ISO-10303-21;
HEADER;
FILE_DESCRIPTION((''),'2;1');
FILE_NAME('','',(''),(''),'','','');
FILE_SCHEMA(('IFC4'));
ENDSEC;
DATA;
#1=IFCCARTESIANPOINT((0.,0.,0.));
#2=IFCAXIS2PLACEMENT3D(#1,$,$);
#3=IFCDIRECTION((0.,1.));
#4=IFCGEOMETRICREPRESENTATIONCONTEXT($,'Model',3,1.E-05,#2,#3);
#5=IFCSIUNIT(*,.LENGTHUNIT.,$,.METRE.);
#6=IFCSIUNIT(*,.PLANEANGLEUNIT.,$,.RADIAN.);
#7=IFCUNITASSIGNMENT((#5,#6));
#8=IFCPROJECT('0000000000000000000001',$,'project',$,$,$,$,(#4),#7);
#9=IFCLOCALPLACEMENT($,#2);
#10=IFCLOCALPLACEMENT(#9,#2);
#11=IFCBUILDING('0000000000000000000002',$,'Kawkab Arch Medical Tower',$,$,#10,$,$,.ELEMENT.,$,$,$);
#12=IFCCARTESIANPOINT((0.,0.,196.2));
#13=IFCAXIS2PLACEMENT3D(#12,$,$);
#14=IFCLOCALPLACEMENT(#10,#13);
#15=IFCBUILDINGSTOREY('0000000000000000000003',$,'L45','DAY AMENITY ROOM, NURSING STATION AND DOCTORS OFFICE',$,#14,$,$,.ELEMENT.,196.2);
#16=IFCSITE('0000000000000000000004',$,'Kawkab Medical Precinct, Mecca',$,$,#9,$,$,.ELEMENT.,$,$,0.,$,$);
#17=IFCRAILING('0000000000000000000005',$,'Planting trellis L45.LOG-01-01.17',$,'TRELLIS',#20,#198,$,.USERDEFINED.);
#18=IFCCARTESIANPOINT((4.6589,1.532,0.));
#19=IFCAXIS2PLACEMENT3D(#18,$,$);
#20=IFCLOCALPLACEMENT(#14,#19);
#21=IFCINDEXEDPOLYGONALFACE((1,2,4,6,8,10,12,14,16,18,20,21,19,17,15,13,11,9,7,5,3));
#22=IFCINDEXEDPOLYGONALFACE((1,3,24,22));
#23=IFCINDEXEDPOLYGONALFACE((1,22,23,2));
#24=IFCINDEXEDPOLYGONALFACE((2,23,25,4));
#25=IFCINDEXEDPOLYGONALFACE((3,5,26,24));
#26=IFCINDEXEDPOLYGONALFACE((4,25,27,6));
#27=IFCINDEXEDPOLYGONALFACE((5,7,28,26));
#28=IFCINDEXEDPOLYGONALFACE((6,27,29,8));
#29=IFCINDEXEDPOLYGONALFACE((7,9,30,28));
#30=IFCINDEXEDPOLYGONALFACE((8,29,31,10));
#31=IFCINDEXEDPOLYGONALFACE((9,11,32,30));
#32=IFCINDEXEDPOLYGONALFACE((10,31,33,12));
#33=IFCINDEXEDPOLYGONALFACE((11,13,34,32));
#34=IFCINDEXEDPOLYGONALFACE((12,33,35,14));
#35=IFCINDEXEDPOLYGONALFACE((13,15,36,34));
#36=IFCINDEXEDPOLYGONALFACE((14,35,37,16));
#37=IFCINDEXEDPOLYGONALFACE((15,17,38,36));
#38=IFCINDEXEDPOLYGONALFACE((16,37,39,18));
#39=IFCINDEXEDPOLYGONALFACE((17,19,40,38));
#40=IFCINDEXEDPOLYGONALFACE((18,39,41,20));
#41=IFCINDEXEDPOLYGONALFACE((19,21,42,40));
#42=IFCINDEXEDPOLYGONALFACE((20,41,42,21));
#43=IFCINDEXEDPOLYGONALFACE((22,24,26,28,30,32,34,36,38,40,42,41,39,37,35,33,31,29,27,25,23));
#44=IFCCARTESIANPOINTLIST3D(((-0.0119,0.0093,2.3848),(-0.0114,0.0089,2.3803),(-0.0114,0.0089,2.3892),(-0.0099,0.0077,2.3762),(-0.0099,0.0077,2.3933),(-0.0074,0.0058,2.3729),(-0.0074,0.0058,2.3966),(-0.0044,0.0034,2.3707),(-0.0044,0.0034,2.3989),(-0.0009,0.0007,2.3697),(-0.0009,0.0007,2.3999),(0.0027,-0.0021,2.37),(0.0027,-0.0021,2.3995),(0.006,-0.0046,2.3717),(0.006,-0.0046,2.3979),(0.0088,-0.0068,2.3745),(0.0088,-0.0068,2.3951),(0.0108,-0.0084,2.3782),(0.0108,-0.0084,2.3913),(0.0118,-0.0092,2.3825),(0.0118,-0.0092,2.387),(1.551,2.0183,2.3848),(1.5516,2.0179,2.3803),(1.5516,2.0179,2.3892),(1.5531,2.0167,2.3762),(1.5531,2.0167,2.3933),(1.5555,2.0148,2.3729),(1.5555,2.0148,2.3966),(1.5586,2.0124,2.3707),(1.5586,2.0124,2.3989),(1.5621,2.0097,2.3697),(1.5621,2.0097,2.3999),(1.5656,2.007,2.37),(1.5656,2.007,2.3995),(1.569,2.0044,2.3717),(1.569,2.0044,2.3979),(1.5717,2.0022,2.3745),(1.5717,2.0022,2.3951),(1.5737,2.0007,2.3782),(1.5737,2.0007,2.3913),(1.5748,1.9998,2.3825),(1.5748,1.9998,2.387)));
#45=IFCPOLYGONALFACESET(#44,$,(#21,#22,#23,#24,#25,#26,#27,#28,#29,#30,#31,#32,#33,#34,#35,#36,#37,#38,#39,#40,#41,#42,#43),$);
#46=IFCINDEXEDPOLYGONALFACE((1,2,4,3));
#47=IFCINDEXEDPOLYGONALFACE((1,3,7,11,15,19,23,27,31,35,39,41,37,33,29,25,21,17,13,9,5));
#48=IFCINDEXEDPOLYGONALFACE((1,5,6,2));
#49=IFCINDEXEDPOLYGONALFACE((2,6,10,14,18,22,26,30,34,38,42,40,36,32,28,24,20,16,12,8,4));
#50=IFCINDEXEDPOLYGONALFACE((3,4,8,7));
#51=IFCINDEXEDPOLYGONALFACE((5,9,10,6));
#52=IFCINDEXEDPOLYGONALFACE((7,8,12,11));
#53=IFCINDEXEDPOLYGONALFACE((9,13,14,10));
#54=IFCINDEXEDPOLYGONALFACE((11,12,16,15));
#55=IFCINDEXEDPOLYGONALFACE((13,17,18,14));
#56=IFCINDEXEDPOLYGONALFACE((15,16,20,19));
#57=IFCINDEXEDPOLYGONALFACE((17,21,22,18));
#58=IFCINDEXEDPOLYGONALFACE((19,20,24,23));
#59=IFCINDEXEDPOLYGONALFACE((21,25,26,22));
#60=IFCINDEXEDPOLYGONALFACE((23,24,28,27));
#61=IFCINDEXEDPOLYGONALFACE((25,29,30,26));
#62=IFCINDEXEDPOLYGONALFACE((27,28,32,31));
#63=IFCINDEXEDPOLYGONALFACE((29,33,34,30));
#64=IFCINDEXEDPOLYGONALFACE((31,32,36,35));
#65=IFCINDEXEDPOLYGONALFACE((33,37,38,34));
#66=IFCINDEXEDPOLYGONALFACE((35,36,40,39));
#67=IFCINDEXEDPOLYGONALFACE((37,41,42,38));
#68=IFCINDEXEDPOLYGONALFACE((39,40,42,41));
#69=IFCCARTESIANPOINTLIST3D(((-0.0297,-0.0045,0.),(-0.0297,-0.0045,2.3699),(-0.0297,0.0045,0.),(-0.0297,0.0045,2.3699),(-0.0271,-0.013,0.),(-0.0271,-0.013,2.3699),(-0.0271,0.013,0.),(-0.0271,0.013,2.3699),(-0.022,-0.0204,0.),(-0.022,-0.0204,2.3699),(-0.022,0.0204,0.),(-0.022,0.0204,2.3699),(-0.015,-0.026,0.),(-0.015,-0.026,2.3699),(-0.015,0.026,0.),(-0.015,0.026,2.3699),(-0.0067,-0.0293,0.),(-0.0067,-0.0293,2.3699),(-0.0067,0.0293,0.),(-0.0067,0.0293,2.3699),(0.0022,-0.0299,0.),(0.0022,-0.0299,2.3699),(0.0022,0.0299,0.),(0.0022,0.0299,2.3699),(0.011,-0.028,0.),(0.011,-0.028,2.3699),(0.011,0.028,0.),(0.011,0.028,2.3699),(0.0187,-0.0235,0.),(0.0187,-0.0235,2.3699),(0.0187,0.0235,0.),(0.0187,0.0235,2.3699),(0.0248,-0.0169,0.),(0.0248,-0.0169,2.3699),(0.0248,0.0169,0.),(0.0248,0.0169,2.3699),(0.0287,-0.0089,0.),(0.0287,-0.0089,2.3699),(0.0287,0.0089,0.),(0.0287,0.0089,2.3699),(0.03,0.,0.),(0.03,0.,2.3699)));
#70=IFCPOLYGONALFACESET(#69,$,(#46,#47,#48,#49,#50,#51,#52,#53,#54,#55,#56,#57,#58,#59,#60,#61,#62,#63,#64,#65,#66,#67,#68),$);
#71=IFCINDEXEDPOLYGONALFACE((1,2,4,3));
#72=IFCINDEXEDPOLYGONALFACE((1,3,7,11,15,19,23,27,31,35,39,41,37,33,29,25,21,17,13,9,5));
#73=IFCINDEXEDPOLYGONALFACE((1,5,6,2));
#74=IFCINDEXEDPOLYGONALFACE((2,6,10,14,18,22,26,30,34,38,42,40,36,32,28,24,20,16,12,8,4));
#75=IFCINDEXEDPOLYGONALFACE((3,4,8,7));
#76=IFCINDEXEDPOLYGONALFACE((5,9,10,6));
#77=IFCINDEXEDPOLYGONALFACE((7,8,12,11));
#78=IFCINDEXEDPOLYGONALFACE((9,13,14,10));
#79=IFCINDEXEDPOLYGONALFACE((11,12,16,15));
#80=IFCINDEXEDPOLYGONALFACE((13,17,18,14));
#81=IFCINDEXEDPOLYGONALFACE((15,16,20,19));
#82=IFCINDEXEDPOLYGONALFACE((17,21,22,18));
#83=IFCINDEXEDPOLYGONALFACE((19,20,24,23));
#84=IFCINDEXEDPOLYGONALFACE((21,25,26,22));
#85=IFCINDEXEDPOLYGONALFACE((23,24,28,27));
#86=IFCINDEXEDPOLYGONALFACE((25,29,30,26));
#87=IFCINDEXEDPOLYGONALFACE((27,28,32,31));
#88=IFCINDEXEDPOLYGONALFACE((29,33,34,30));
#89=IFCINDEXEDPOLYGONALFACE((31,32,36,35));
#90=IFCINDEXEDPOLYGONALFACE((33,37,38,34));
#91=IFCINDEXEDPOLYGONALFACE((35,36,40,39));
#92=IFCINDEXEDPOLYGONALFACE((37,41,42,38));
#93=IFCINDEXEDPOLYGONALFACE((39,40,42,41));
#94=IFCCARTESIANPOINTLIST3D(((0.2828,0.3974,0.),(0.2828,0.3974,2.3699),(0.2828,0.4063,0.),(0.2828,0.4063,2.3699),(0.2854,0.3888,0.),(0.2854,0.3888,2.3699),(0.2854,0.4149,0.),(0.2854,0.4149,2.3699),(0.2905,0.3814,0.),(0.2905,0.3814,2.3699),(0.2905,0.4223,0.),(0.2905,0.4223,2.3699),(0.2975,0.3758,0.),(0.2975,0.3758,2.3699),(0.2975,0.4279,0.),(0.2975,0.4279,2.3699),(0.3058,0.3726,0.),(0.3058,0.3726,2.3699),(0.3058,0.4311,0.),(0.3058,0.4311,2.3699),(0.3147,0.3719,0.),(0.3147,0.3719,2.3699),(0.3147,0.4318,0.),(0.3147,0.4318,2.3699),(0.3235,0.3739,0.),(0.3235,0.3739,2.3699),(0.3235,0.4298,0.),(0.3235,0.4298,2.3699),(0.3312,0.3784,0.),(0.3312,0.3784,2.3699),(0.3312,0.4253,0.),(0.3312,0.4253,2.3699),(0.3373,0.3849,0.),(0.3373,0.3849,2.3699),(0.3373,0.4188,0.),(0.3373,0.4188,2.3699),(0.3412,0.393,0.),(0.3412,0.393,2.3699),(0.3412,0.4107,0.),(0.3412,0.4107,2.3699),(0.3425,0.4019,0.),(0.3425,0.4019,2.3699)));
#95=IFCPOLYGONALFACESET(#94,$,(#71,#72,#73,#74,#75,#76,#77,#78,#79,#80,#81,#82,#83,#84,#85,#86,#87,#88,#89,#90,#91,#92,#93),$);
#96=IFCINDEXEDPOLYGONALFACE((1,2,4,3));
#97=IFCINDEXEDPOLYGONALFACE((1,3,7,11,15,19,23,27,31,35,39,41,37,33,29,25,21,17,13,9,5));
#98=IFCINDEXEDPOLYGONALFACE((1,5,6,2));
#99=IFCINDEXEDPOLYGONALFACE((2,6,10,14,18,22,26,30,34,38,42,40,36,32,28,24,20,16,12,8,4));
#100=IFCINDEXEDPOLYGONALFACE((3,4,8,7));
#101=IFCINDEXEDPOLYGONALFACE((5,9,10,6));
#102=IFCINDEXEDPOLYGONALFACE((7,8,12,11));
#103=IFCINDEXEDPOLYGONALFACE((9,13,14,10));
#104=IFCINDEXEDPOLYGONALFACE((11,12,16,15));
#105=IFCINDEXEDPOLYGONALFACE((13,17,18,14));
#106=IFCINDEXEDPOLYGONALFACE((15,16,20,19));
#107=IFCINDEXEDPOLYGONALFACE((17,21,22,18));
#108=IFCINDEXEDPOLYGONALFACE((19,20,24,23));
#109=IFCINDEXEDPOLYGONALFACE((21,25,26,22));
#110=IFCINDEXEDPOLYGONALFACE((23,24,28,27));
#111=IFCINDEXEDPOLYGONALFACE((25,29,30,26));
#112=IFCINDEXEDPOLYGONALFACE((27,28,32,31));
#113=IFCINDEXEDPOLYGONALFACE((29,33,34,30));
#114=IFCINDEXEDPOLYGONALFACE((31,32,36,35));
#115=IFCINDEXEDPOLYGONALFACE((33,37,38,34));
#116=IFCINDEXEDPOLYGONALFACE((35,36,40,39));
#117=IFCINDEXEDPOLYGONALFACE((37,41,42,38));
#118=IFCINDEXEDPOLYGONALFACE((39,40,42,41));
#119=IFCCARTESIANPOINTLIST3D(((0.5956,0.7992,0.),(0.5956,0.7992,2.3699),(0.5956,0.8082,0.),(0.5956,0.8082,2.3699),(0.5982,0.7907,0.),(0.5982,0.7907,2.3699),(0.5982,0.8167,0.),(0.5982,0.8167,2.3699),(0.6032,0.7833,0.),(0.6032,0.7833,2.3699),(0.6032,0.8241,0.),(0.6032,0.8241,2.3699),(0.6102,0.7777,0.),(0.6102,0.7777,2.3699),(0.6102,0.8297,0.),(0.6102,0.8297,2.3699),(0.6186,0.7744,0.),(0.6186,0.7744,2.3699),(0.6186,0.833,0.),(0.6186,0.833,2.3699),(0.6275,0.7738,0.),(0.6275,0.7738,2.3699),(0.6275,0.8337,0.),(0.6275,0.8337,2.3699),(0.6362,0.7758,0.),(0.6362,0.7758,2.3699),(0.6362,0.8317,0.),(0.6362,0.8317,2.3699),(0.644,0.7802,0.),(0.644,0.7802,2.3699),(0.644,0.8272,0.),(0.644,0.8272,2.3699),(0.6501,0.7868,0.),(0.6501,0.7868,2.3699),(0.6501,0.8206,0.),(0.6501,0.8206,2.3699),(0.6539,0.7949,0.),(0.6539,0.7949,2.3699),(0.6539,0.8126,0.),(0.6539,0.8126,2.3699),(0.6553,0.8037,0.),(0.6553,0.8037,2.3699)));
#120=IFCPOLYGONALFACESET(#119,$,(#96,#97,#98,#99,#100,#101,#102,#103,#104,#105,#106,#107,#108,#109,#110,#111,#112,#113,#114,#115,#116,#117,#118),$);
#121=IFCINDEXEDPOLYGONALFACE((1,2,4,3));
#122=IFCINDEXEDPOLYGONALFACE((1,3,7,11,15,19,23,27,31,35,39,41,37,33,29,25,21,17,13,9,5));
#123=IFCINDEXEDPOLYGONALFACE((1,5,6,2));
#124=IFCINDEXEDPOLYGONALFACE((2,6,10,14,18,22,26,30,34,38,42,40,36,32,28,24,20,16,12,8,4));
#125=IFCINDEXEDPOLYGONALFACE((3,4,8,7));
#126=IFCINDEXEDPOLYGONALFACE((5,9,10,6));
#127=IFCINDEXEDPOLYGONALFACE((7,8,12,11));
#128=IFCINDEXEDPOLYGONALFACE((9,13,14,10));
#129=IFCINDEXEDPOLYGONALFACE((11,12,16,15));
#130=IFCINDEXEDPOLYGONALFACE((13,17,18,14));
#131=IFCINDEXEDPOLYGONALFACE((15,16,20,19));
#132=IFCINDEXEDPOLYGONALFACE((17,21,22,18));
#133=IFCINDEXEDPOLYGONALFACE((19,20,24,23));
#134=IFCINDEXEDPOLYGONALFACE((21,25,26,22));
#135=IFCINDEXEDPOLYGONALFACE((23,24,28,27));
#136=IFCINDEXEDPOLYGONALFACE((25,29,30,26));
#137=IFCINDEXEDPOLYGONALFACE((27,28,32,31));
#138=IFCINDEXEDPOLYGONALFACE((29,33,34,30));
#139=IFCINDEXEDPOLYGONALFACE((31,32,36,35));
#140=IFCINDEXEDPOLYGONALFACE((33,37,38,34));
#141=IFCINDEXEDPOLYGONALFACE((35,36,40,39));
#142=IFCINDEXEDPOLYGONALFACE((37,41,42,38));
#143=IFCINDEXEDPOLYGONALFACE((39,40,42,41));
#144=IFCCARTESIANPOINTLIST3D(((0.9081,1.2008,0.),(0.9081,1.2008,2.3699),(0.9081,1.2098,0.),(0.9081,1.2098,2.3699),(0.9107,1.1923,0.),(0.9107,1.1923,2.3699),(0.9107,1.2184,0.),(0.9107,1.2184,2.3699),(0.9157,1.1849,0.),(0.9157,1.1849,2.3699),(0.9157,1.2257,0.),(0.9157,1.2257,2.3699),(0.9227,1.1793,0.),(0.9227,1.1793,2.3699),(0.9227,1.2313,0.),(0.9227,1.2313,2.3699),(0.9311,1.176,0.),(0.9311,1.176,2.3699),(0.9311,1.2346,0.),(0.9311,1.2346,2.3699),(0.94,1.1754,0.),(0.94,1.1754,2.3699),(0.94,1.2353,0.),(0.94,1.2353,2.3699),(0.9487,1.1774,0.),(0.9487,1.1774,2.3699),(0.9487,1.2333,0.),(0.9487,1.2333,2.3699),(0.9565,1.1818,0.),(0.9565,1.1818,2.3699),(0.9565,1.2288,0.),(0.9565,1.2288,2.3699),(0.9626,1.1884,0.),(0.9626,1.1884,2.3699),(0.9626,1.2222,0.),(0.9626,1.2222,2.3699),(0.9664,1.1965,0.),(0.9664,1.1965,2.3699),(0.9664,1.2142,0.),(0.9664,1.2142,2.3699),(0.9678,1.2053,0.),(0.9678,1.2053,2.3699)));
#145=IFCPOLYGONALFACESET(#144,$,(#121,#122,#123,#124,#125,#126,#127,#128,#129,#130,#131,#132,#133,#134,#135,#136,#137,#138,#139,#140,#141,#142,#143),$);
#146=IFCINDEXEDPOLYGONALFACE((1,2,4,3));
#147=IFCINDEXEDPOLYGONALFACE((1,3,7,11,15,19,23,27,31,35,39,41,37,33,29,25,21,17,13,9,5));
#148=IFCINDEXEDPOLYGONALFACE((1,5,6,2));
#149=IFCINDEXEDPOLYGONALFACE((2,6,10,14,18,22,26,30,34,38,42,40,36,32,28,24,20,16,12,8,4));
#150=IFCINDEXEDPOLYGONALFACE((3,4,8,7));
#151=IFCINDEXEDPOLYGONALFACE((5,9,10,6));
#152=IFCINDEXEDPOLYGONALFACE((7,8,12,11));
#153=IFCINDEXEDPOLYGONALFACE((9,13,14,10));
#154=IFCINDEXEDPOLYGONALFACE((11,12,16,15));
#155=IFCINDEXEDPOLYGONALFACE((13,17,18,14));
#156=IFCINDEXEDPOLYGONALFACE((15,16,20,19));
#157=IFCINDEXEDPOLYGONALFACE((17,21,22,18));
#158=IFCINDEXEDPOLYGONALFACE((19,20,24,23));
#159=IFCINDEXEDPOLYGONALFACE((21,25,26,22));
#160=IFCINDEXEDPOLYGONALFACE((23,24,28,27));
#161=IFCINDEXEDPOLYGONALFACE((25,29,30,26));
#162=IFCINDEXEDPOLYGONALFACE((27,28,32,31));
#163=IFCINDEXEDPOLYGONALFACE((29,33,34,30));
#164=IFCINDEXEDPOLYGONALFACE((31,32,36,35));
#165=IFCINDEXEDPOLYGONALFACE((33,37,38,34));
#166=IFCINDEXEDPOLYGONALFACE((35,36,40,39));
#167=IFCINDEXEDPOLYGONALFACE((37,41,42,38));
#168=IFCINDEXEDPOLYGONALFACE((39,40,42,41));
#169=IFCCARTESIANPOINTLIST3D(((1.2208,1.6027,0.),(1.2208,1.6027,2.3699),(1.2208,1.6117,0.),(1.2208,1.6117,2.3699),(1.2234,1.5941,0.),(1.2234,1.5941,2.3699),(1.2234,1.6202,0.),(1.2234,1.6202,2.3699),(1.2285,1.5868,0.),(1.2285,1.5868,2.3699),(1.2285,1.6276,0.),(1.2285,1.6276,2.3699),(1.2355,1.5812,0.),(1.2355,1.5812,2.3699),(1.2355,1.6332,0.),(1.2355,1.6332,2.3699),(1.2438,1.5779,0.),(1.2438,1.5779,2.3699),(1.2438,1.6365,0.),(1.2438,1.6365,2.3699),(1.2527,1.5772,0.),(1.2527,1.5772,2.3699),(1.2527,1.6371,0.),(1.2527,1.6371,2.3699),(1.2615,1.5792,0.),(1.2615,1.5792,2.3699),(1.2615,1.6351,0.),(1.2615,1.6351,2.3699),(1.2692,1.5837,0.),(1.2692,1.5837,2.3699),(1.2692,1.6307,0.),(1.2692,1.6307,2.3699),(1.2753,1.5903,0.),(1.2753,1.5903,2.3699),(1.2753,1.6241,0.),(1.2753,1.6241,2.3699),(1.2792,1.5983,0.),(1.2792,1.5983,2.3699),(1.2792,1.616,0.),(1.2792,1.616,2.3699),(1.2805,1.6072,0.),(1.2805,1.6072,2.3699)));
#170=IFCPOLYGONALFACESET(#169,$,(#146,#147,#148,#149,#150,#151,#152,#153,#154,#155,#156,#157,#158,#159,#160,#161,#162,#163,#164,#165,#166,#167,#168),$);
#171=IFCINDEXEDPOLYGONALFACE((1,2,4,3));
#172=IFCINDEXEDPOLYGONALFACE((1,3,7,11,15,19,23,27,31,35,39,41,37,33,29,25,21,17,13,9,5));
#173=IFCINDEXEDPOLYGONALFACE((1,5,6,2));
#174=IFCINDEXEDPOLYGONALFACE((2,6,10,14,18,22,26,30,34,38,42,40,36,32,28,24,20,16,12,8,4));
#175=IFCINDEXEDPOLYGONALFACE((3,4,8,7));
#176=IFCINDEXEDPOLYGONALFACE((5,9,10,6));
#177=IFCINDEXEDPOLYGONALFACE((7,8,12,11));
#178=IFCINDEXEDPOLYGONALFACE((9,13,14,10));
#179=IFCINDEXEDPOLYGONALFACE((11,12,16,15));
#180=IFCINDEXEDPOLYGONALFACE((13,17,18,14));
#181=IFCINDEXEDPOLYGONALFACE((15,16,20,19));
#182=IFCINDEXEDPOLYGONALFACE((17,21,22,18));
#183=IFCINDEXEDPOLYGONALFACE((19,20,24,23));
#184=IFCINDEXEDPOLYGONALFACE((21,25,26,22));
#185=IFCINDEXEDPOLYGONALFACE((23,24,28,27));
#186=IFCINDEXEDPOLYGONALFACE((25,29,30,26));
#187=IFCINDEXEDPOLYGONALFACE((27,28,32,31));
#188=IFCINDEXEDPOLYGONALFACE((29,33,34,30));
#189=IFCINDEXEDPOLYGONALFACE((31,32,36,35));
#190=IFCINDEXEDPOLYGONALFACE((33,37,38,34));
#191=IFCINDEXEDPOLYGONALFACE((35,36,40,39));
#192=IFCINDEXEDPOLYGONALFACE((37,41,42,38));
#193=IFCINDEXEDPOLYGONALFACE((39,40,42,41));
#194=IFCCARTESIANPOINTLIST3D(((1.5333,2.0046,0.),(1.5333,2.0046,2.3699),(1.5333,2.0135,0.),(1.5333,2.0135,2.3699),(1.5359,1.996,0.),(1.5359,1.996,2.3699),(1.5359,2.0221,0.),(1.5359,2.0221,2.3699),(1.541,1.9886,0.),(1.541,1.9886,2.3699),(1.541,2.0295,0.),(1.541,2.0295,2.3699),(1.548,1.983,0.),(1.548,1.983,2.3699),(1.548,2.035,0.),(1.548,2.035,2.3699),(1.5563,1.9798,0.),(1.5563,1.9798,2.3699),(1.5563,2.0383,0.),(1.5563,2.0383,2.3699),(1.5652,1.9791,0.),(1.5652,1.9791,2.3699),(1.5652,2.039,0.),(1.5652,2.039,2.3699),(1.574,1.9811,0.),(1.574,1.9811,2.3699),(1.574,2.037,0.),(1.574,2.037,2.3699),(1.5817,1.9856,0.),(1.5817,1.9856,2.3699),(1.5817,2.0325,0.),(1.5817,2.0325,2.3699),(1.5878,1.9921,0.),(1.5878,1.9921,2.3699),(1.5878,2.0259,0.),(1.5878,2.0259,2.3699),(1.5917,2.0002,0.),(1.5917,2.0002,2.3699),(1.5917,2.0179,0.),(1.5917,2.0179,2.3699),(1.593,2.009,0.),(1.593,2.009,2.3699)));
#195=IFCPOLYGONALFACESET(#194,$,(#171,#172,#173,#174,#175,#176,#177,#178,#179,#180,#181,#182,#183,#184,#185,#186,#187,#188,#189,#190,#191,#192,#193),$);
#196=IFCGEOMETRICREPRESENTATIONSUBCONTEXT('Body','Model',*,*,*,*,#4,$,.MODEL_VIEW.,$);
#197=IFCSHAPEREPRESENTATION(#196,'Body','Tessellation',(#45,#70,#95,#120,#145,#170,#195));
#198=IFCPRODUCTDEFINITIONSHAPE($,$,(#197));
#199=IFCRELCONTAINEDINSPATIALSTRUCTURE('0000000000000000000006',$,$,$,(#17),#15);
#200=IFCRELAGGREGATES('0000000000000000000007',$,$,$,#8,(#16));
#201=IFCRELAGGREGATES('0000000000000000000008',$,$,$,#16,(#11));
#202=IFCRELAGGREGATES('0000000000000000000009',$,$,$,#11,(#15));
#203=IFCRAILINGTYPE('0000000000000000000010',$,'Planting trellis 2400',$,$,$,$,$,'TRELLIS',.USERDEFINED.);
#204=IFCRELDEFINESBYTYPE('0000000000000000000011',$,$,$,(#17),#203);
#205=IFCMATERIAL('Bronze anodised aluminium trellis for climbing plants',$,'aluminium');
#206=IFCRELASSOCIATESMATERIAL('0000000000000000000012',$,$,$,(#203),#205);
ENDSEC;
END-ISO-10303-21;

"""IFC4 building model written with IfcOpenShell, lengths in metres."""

from ifc_helpers import new_model, si_unit, direction, frame, origin, origin_2d, place, context, subcontext, project, spatial, circle, extrude, material, type_object, element, save


model = new_model("IFC4")

# Units and contexts
model_context = context("Model", 3, precision=1e-05, world=origin(), true_north=direction((0.0, 1.0)))
body_context = subcontext(model_context, "Body", "Model", "MODEL_VIEW")
ifc_project = project(units=[si_unit("LENGTHUNIT", "METRE"), si_unit("PLANEANGLEUNIT", "RADIAN")], contexts=[model_context])

# Site, building, storey
site_placement = place(None, origin())
site = spatial("IfcSite", under=ifc_project, at=site_placement, Name="Kawkab Medical Precinct, Mecca", CompositionType="ELEMENT", RefElevation=0.0)
building_placement = place(site_placement, origin())
building = spatial("IfcBuilding", under=site, at=building_placement, Name="Kawkab Arch Medical Tower", CompositionType="ELEMENT")
storey_placement = place(building_placement, frame((0.0, 0.0, 196.2)))
storey = spatial("IfcBuildingStorey", under=building, at=storey_placement, Name="L45", Description="DAY AMENITY ROOM, NURSING STATION AND DOCTORS OFFICE", CompositionType="ELEMENT", Elevation=196.2)

# Railing
ifc_material_1 = material(Name="Bronze anodised aluminium trellis for climbing plants", Category="aluminium")
railing_type = type_object("IfcRailingType", Name="Planting trellis 2400", ElementType="TRELLIS", PredefinedType="USERDEFINED", material=ifc_material_1)
railing_1_placement = place(storey_placement, frame((4.6589, 1.532, 0.0)))
element("IfcRailing", 1, at=railing_1_placement, inside=storey, type_object=railing_type, Name="Planting trellis L45.LOG-01-01.17", ObjectType="TRELLIS", PredefinedType="USERDEFINED", context=body_context, shape_type="SweptSolid", body=[
    extrude(circle(Radius=0.0151, at=origin_2d()), frame((0.0, 0.0, 2.3848), z_axis=(0.61404, 0.789275, 0.0), x_axis=(-0.789275, 0.61404, 0.0)), (0.0, 0.0, 1.0), 2.5454),
    extrude(circle(Radius=0.03, at=origin_2d()), origin(), (0.0, 0.0, 1.0), 2.3699),
    extrude(circle(Radius=0.03, at=origin_2d()), frame((0.3125, 0.4019, 0.0)), (0.0, 0.0, 1.0), 2.3699),
    extrude(circle(Radius=0.03, at=origin_2d()), frame((0.6252, 0.8037, 0.0)), (0.0, 0.0, 1.0), 2.3699),
    extrude(circle(Radius=0.03, at=origin_2d()), frame((0.9377, 1.2053, 0.0)), (0.0, 0.0, 1.0), 2.3699),
    extrude(circle(Radius=0.03, at=origin_2d()), frame((1.2505, 1.6072, 0.0)), (0.0, 0.0, 1.0), 2.3699),
    extrude(circle(Radius=0.03, at=origin_2d()), frame((1.563, 2.009, 0.0)), (0.0, 0.0, 1.0), 2.3699),
])

save(model, "model.ifc")
